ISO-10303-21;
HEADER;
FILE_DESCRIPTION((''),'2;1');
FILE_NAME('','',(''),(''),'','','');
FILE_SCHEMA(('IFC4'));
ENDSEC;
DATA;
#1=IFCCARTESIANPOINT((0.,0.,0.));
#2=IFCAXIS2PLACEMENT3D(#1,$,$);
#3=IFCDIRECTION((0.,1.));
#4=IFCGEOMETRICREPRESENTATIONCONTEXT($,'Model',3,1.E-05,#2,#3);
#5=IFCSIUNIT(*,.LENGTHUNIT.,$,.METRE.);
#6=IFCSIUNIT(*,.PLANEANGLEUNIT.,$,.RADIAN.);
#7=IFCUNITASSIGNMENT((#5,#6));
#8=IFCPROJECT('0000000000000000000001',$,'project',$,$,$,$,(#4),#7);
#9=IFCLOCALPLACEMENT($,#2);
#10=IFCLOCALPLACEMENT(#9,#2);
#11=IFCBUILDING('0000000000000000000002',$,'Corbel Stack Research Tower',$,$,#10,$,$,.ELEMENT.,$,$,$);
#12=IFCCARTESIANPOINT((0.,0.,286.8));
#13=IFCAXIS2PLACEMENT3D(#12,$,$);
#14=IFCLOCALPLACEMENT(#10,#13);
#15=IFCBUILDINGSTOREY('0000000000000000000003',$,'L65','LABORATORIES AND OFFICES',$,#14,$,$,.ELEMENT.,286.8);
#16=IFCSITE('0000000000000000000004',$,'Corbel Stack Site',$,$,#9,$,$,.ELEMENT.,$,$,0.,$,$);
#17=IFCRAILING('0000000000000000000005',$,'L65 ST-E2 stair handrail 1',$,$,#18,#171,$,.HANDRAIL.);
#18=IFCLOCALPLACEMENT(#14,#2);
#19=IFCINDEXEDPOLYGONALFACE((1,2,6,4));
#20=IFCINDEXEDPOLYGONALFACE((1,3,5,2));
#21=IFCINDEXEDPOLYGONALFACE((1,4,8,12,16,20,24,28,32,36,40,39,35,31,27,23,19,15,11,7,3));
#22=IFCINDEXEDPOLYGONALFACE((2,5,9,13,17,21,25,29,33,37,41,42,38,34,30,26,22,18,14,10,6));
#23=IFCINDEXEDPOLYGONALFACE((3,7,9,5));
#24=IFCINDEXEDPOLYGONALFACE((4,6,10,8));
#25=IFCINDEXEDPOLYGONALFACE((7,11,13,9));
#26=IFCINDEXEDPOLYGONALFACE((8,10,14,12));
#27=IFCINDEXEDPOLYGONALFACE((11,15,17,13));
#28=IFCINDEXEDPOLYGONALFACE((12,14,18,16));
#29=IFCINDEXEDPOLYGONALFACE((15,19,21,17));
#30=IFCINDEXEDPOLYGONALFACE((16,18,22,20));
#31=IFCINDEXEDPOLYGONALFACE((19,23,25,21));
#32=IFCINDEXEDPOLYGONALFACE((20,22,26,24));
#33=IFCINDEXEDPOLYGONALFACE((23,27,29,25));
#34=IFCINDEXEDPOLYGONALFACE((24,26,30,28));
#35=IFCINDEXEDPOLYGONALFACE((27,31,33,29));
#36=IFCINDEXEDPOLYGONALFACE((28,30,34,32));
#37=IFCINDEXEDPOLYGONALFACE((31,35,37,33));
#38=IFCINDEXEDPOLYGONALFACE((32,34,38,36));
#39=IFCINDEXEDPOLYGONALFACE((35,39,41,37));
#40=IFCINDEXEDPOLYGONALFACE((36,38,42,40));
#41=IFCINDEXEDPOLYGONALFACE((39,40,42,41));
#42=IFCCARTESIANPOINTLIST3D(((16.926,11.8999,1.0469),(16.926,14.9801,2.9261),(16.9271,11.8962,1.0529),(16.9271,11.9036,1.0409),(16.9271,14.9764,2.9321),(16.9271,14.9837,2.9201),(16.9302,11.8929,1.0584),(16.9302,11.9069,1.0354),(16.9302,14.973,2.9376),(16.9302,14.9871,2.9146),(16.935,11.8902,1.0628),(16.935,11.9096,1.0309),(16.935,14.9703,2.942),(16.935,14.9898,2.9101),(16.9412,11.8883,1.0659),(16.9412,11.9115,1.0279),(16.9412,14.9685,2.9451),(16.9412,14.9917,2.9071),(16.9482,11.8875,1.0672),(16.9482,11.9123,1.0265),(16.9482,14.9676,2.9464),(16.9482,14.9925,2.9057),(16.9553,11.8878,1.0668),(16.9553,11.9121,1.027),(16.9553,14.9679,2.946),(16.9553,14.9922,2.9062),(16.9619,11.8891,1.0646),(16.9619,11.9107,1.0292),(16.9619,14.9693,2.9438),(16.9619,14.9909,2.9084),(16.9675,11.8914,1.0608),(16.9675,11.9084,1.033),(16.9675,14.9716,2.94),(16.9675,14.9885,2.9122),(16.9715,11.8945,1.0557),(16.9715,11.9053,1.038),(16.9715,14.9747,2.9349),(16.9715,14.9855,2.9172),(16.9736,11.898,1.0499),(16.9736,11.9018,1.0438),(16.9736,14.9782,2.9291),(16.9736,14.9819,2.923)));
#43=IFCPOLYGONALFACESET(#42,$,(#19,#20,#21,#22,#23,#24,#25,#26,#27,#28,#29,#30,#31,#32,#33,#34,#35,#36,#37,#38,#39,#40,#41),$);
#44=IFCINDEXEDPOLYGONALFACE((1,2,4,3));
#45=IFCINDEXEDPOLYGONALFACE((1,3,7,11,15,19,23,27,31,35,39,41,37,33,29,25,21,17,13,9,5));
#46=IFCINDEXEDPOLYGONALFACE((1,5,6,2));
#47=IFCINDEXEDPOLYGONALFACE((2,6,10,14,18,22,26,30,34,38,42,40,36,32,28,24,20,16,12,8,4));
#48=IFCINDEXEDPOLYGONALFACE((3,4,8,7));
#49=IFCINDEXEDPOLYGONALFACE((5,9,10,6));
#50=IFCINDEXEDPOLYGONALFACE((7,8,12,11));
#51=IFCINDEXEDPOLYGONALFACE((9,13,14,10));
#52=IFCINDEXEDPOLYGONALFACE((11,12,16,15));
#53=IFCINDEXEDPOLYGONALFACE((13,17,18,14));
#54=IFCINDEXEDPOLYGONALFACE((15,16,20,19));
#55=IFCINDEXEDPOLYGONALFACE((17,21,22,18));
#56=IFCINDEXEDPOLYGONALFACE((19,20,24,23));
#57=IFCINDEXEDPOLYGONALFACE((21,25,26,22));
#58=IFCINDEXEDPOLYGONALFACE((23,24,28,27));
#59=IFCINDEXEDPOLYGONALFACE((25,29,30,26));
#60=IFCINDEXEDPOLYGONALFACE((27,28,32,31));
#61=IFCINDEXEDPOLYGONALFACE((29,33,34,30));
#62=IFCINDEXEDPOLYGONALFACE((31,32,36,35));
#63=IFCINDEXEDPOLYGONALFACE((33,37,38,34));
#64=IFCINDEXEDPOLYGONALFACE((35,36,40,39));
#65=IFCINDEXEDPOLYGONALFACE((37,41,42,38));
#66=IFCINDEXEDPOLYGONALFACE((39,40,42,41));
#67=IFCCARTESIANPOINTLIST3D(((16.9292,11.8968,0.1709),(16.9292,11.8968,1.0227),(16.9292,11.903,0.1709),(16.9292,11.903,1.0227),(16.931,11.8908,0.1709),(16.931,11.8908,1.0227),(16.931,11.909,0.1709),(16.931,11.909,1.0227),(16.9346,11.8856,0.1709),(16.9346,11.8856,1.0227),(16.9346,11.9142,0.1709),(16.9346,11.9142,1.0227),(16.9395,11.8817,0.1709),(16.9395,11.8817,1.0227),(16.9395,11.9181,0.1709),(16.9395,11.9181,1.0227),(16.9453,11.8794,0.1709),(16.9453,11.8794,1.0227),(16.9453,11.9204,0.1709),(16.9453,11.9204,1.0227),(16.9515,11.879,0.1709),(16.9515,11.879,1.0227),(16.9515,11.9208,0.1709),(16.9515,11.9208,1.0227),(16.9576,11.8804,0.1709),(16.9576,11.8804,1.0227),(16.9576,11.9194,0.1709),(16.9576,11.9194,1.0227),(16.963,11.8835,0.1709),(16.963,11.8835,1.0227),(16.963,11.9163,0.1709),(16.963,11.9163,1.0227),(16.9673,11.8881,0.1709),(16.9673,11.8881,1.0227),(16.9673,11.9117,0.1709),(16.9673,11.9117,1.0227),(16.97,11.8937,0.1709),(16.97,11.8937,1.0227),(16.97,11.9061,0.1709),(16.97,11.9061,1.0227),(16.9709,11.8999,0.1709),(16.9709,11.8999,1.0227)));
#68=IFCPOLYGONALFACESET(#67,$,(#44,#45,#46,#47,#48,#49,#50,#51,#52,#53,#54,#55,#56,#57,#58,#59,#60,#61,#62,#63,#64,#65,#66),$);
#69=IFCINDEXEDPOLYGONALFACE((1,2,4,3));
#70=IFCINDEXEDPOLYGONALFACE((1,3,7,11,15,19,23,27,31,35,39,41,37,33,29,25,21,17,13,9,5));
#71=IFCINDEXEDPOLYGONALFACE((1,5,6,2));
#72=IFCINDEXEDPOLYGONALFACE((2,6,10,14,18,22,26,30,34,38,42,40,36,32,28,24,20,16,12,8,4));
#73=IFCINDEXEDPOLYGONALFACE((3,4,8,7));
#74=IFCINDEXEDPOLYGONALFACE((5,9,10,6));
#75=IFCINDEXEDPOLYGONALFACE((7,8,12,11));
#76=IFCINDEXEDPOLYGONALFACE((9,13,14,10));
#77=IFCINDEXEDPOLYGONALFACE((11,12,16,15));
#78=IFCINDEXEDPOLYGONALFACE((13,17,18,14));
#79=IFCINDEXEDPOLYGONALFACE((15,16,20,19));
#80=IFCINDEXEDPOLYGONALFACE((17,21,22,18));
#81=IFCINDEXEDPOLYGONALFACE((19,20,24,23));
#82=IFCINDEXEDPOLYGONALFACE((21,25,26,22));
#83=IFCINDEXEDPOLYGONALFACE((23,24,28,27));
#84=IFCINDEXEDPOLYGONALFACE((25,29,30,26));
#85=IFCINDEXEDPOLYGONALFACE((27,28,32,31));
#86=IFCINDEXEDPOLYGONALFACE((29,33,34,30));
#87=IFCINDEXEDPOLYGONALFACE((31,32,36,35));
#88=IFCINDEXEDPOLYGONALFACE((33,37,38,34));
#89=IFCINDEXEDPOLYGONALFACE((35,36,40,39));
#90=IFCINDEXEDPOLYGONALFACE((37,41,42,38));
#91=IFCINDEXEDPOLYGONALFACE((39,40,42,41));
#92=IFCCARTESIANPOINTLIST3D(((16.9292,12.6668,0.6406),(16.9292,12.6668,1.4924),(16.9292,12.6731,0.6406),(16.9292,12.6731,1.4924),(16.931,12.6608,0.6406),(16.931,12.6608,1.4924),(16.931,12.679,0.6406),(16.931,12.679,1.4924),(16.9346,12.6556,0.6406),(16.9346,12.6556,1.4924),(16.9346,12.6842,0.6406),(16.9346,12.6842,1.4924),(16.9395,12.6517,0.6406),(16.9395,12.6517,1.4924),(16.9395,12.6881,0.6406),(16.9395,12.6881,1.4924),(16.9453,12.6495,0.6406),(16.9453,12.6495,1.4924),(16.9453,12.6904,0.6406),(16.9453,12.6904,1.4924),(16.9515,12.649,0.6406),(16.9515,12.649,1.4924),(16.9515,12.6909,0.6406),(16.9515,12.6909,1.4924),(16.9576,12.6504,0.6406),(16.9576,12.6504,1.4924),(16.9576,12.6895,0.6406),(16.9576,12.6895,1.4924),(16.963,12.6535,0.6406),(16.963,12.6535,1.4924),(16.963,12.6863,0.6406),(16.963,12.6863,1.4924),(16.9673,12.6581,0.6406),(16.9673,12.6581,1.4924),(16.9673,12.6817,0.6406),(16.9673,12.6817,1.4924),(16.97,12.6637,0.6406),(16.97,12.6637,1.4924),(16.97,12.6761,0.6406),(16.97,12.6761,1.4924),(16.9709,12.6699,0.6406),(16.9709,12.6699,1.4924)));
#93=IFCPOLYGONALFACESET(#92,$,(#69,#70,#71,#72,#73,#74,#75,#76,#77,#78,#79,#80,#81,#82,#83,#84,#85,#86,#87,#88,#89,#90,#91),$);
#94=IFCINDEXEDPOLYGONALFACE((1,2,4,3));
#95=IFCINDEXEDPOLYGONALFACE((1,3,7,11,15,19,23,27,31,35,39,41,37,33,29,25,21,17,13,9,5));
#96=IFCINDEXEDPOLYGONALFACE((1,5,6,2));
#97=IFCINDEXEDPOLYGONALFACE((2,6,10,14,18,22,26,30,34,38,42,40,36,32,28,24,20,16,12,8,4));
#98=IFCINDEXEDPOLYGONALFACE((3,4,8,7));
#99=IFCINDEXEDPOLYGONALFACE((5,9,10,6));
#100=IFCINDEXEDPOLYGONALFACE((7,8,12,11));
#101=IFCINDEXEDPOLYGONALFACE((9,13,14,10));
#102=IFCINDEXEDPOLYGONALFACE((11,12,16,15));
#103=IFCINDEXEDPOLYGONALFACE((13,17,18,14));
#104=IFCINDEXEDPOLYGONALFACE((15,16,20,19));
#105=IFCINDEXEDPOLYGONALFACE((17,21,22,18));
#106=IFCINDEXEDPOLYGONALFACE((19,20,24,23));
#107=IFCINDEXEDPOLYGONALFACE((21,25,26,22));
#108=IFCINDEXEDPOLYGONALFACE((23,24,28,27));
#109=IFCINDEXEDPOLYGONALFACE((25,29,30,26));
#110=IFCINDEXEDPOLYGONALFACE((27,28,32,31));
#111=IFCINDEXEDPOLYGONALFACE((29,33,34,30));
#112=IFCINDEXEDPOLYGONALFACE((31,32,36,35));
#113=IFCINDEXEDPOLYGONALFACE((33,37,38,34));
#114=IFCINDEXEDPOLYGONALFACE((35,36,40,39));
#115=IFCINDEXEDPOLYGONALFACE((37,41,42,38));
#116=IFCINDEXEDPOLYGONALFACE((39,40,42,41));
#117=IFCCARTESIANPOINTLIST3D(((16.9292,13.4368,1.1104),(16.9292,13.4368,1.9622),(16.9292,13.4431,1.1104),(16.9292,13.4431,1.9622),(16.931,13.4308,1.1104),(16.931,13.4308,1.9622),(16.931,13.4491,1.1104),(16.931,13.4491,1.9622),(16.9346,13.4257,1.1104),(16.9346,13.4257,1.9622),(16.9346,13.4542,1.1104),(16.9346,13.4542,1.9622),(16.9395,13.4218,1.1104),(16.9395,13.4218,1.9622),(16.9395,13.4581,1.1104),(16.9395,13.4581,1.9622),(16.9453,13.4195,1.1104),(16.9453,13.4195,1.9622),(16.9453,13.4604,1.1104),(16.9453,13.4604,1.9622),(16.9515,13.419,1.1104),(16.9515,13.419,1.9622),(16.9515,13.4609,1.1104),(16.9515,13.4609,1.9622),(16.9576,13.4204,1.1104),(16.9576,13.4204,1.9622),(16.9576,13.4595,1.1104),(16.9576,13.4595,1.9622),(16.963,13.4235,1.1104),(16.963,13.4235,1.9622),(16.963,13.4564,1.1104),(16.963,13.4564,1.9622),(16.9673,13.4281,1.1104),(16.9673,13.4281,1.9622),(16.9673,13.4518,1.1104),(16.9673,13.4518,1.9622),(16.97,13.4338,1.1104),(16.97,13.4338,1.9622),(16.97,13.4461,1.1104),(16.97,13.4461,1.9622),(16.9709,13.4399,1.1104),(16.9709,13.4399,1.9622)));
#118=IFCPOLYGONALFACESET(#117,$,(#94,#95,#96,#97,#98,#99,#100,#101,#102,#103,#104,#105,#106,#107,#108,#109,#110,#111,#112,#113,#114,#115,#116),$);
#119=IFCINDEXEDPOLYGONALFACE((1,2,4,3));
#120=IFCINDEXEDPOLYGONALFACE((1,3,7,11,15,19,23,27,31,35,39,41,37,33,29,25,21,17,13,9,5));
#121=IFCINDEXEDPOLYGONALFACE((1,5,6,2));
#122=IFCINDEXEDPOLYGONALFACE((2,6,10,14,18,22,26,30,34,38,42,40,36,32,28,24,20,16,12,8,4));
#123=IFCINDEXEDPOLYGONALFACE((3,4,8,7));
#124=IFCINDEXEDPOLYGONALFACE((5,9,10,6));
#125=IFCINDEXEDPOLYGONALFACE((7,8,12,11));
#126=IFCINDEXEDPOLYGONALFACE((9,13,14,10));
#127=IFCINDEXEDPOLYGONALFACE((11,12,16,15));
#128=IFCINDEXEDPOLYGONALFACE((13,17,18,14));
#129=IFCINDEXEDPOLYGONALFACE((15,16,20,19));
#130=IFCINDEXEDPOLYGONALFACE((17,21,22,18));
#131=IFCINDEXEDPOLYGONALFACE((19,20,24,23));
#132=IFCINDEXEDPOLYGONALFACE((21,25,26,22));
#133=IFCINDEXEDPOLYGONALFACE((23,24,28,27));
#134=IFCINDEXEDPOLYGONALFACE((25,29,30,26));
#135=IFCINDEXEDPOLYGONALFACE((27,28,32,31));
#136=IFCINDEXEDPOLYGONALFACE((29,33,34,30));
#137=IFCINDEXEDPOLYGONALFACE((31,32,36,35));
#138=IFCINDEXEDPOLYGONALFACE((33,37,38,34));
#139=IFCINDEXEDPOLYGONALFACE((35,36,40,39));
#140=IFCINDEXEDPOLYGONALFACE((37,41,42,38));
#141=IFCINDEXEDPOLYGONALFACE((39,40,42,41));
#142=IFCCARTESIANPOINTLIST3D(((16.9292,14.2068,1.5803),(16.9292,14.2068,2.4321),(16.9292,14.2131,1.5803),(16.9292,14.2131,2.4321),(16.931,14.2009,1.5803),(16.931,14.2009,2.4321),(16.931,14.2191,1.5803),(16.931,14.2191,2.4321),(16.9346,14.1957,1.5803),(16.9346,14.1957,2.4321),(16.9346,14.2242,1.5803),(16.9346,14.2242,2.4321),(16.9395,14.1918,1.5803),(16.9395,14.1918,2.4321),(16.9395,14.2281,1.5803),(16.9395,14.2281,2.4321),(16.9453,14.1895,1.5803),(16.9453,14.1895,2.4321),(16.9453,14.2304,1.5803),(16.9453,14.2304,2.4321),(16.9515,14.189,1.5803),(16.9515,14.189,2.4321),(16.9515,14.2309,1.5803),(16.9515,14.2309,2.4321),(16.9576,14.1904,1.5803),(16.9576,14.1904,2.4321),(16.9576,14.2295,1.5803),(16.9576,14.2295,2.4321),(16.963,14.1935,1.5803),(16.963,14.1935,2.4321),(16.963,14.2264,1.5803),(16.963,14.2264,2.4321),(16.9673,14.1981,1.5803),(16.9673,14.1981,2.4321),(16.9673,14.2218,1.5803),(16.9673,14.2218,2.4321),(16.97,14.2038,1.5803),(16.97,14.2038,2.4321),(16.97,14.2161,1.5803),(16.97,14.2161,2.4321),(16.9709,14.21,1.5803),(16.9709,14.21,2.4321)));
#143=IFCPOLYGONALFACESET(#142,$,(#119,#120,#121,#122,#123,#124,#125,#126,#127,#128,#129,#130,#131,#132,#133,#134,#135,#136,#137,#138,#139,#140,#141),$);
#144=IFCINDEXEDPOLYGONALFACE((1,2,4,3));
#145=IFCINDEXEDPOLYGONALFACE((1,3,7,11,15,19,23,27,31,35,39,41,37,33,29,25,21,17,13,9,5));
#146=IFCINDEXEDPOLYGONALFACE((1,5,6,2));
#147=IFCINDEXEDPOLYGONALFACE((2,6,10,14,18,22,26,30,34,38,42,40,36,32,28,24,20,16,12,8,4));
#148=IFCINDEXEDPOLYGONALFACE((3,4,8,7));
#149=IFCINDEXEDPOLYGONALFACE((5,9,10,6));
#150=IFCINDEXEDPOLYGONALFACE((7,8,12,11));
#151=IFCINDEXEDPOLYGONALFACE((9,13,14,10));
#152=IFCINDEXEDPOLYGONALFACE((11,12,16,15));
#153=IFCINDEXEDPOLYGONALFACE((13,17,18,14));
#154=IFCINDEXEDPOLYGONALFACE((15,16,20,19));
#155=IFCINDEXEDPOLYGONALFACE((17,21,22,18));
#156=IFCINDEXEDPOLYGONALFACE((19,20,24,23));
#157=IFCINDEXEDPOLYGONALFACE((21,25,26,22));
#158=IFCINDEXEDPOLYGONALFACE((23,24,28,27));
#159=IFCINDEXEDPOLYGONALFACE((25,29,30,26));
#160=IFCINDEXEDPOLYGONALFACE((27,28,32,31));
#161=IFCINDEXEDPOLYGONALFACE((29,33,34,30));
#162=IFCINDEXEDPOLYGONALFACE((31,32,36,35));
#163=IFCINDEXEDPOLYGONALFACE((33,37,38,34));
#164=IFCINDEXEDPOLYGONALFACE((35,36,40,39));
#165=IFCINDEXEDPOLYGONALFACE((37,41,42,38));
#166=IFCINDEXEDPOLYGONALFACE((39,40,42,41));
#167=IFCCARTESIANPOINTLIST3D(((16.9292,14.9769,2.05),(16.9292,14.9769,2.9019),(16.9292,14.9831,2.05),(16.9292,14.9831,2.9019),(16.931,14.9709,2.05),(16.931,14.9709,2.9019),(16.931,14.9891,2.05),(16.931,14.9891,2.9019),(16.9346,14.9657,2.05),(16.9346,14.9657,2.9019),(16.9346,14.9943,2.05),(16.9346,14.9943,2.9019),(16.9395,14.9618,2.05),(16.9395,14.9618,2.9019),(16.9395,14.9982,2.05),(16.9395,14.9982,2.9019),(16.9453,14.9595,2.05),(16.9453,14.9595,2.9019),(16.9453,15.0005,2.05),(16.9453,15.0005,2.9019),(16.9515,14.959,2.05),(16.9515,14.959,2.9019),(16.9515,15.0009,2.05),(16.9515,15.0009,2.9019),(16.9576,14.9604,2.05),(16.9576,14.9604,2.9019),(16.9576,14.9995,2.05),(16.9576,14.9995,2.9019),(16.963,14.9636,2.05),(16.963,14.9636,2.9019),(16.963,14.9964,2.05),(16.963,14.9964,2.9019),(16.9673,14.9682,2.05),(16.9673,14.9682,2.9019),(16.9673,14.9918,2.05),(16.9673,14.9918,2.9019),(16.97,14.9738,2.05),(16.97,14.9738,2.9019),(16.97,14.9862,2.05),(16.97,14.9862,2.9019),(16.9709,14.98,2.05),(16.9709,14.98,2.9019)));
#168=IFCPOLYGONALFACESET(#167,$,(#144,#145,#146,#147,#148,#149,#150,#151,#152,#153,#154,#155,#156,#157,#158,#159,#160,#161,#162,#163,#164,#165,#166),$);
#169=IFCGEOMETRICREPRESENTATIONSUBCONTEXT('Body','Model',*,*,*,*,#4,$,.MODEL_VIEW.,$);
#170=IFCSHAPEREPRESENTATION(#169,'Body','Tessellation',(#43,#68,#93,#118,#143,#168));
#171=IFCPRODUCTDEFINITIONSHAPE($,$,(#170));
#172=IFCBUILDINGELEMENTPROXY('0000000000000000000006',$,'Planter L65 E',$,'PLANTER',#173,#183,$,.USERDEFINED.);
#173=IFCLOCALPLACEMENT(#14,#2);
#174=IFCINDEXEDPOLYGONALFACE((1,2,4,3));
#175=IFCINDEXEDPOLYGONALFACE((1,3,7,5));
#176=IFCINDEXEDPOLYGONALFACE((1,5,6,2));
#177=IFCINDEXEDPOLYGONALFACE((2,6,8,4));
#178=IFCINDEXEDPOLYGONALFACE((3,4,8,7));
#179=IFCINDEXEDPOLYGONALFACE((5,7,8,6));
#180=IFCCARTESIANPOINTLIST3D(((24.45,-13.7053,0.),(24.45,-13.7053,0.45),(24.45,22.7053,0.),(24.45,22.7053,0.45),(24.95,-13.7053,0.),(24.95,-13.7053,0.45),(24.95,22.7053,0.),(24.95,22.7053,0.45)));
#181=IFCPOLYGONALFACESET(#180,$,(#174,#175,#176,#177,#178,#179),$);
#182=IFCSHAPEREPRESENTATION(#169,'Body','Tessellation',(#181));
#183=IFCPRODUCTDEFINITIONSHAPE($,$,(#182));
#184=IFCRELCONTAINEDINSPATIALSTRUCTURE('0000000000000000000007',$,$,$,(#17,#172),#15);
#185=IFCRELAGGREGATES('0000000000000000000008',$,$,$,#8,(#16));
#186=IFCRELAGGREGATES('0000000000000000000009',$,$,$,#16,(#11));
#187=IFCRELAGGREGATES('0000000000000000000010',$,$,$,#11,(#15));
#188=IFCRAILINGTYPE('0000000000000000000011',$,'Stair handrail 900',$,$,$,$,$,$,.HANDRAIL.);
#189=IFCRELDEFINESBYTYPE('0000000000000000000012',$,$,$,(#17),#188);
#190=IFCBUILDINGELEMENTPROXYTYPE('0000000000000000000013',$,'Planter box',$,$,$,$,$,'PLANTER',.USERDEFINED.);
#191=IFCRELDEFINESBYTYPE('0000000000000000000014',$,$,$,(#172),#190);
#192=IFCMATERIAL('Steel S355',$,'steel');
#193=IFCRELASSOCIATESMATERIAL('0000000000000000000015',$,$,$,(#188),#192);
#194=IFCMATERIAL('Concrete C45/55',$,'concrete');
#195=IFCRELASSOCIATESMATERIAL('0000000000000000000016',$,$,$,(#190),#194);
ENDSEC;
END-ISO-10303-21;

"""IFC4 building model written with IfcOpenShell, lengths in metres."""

from ifc_helpers import new_model, si_unit, direction, frame, origin, origin_2d, place, context, subcontext, project, spatial, rectangle, circle, extrude, material, type_object, element, save


model = new_model("IFC4")

# Units and contexts
model_context = context("Model", 3, precision=1e-05, world=origin(), true_north=direction((0.0, 1.0)))
body_context = subcontext(model_context, "Body", "Model", "MODEL_VIEW")
ifc_project = project(units=[si_unit("LENGTHUNIT", "METRE"), si_unit("PLANEANGLEUNIT", "RADIAN")], contexts=[model_context])

# Site, building, storey
site_placement = place(None, origin())
site = spatial("IfcSite", under=ifc_project, at=site_placement, Name="Corbel Stack Site", CompositionType="ELEMENT", RefElevation=0.0)
building_placement = place(site_placement, origin())
building = spatial("IfcBuilding", under=site, at=building_placement, Name="Corbel Stack Research Tower", CompositionType="ELEMENT")
storey_placement = place(building_placement, frame((0.0, 0.0, 286.8)))
storey = spatial("IfcBuildingStorey", under=building, at=storey_placement, Name="L65", Description="LABORATORIES AND OFFICES", CompositionType="ELEMENT", Elevation=286.8)

# Railing
ifc_material_1 = material(Name="Steel S355", Category="steel")
railing_type_1 = type_object("IfcRailingType", Name="Stair handrail 900", PredefinedType="HANDRAIL", material=ifc_material_1)
railing_1_placement = place(storey_placement, frame((16.95, 11.8999, 0.1709)))
element("IfcRailing", 1, at=railing_1_placement, inside=storey, type_object=railing_type_1, Name="L65 ST-E2 stair handrail 1", PredefinedType="HANDRAIL", context=body_context, shape_type="SweptSolid", body=[
    extrude(circle(Radius=0.0239, at=origin_2d()), frame((0.0, 0.0, 0.876), z_axis=(0.0, 0.853666, 0.52082), x_axis=(-1.0, 0.0, 0.0)), (0.0, 0.0, 1.0), 3.6082),
    extrude(circle(Radius=0.021, at=origin_2d()), origin(), (0.0, 0.0, 1.0), 0.8518),
    extrude(circle(Radius=0.021, at=origin_2d()), frame((0.0, 0.77, 0.4697)), (0.0, 0.0, 1.0), 0.8518),
    extrude(circle(Radius=0.021, at=origin_2d()), frame((0.0, 1.54, 0.9395)), (0.0, 0.0, 1.0), 0.8518),
    extrude(circle(Radius=0.021, at=origin_2d()), frame((0.0, 2.3101, 1.4094)), (0.0, 0.0, 1.0), 0.8518),
    extrude(circle(Radius=0.021, at=origin_2d()), frame((0.0, 3.0801, 1.8792)), (0.0, 0.0, 1.0), 0.8518),
])

# Building element proxy
ifc_material_2 = material(Name="Concrete C45/55", Category="concrete")
building_element_proxy_type = type_object("IfcBuildingElementProxyType", Name="Planter box", ElementType="PLANTER", PredefinedType="USERDEFINED", material=ifc_material_2)
proxy_placement = place(storey_placement, frame((24.7, 4.5, 0.0), z_axis=(0.0, 0.0, 1.0), x_axis=(0.0, 1.0, 0.0)))
element("IfcBuildingElementProxy", 2, at=proxy_placement, inside=storey, type_object=building_element_proxy_type, Name="Planter L65 E", ObjectType="PLANTER", PredefinedType="USERDEFINED", context=body_context, shape_type="SweptSolid", body=[
    extrude(rectangle(XDim=36.4106, YDim=0.5, at=origin_2d()), origin(), (0.0, 0.0, 1.0), 0.45),
])

save(model, "model.ifc")
